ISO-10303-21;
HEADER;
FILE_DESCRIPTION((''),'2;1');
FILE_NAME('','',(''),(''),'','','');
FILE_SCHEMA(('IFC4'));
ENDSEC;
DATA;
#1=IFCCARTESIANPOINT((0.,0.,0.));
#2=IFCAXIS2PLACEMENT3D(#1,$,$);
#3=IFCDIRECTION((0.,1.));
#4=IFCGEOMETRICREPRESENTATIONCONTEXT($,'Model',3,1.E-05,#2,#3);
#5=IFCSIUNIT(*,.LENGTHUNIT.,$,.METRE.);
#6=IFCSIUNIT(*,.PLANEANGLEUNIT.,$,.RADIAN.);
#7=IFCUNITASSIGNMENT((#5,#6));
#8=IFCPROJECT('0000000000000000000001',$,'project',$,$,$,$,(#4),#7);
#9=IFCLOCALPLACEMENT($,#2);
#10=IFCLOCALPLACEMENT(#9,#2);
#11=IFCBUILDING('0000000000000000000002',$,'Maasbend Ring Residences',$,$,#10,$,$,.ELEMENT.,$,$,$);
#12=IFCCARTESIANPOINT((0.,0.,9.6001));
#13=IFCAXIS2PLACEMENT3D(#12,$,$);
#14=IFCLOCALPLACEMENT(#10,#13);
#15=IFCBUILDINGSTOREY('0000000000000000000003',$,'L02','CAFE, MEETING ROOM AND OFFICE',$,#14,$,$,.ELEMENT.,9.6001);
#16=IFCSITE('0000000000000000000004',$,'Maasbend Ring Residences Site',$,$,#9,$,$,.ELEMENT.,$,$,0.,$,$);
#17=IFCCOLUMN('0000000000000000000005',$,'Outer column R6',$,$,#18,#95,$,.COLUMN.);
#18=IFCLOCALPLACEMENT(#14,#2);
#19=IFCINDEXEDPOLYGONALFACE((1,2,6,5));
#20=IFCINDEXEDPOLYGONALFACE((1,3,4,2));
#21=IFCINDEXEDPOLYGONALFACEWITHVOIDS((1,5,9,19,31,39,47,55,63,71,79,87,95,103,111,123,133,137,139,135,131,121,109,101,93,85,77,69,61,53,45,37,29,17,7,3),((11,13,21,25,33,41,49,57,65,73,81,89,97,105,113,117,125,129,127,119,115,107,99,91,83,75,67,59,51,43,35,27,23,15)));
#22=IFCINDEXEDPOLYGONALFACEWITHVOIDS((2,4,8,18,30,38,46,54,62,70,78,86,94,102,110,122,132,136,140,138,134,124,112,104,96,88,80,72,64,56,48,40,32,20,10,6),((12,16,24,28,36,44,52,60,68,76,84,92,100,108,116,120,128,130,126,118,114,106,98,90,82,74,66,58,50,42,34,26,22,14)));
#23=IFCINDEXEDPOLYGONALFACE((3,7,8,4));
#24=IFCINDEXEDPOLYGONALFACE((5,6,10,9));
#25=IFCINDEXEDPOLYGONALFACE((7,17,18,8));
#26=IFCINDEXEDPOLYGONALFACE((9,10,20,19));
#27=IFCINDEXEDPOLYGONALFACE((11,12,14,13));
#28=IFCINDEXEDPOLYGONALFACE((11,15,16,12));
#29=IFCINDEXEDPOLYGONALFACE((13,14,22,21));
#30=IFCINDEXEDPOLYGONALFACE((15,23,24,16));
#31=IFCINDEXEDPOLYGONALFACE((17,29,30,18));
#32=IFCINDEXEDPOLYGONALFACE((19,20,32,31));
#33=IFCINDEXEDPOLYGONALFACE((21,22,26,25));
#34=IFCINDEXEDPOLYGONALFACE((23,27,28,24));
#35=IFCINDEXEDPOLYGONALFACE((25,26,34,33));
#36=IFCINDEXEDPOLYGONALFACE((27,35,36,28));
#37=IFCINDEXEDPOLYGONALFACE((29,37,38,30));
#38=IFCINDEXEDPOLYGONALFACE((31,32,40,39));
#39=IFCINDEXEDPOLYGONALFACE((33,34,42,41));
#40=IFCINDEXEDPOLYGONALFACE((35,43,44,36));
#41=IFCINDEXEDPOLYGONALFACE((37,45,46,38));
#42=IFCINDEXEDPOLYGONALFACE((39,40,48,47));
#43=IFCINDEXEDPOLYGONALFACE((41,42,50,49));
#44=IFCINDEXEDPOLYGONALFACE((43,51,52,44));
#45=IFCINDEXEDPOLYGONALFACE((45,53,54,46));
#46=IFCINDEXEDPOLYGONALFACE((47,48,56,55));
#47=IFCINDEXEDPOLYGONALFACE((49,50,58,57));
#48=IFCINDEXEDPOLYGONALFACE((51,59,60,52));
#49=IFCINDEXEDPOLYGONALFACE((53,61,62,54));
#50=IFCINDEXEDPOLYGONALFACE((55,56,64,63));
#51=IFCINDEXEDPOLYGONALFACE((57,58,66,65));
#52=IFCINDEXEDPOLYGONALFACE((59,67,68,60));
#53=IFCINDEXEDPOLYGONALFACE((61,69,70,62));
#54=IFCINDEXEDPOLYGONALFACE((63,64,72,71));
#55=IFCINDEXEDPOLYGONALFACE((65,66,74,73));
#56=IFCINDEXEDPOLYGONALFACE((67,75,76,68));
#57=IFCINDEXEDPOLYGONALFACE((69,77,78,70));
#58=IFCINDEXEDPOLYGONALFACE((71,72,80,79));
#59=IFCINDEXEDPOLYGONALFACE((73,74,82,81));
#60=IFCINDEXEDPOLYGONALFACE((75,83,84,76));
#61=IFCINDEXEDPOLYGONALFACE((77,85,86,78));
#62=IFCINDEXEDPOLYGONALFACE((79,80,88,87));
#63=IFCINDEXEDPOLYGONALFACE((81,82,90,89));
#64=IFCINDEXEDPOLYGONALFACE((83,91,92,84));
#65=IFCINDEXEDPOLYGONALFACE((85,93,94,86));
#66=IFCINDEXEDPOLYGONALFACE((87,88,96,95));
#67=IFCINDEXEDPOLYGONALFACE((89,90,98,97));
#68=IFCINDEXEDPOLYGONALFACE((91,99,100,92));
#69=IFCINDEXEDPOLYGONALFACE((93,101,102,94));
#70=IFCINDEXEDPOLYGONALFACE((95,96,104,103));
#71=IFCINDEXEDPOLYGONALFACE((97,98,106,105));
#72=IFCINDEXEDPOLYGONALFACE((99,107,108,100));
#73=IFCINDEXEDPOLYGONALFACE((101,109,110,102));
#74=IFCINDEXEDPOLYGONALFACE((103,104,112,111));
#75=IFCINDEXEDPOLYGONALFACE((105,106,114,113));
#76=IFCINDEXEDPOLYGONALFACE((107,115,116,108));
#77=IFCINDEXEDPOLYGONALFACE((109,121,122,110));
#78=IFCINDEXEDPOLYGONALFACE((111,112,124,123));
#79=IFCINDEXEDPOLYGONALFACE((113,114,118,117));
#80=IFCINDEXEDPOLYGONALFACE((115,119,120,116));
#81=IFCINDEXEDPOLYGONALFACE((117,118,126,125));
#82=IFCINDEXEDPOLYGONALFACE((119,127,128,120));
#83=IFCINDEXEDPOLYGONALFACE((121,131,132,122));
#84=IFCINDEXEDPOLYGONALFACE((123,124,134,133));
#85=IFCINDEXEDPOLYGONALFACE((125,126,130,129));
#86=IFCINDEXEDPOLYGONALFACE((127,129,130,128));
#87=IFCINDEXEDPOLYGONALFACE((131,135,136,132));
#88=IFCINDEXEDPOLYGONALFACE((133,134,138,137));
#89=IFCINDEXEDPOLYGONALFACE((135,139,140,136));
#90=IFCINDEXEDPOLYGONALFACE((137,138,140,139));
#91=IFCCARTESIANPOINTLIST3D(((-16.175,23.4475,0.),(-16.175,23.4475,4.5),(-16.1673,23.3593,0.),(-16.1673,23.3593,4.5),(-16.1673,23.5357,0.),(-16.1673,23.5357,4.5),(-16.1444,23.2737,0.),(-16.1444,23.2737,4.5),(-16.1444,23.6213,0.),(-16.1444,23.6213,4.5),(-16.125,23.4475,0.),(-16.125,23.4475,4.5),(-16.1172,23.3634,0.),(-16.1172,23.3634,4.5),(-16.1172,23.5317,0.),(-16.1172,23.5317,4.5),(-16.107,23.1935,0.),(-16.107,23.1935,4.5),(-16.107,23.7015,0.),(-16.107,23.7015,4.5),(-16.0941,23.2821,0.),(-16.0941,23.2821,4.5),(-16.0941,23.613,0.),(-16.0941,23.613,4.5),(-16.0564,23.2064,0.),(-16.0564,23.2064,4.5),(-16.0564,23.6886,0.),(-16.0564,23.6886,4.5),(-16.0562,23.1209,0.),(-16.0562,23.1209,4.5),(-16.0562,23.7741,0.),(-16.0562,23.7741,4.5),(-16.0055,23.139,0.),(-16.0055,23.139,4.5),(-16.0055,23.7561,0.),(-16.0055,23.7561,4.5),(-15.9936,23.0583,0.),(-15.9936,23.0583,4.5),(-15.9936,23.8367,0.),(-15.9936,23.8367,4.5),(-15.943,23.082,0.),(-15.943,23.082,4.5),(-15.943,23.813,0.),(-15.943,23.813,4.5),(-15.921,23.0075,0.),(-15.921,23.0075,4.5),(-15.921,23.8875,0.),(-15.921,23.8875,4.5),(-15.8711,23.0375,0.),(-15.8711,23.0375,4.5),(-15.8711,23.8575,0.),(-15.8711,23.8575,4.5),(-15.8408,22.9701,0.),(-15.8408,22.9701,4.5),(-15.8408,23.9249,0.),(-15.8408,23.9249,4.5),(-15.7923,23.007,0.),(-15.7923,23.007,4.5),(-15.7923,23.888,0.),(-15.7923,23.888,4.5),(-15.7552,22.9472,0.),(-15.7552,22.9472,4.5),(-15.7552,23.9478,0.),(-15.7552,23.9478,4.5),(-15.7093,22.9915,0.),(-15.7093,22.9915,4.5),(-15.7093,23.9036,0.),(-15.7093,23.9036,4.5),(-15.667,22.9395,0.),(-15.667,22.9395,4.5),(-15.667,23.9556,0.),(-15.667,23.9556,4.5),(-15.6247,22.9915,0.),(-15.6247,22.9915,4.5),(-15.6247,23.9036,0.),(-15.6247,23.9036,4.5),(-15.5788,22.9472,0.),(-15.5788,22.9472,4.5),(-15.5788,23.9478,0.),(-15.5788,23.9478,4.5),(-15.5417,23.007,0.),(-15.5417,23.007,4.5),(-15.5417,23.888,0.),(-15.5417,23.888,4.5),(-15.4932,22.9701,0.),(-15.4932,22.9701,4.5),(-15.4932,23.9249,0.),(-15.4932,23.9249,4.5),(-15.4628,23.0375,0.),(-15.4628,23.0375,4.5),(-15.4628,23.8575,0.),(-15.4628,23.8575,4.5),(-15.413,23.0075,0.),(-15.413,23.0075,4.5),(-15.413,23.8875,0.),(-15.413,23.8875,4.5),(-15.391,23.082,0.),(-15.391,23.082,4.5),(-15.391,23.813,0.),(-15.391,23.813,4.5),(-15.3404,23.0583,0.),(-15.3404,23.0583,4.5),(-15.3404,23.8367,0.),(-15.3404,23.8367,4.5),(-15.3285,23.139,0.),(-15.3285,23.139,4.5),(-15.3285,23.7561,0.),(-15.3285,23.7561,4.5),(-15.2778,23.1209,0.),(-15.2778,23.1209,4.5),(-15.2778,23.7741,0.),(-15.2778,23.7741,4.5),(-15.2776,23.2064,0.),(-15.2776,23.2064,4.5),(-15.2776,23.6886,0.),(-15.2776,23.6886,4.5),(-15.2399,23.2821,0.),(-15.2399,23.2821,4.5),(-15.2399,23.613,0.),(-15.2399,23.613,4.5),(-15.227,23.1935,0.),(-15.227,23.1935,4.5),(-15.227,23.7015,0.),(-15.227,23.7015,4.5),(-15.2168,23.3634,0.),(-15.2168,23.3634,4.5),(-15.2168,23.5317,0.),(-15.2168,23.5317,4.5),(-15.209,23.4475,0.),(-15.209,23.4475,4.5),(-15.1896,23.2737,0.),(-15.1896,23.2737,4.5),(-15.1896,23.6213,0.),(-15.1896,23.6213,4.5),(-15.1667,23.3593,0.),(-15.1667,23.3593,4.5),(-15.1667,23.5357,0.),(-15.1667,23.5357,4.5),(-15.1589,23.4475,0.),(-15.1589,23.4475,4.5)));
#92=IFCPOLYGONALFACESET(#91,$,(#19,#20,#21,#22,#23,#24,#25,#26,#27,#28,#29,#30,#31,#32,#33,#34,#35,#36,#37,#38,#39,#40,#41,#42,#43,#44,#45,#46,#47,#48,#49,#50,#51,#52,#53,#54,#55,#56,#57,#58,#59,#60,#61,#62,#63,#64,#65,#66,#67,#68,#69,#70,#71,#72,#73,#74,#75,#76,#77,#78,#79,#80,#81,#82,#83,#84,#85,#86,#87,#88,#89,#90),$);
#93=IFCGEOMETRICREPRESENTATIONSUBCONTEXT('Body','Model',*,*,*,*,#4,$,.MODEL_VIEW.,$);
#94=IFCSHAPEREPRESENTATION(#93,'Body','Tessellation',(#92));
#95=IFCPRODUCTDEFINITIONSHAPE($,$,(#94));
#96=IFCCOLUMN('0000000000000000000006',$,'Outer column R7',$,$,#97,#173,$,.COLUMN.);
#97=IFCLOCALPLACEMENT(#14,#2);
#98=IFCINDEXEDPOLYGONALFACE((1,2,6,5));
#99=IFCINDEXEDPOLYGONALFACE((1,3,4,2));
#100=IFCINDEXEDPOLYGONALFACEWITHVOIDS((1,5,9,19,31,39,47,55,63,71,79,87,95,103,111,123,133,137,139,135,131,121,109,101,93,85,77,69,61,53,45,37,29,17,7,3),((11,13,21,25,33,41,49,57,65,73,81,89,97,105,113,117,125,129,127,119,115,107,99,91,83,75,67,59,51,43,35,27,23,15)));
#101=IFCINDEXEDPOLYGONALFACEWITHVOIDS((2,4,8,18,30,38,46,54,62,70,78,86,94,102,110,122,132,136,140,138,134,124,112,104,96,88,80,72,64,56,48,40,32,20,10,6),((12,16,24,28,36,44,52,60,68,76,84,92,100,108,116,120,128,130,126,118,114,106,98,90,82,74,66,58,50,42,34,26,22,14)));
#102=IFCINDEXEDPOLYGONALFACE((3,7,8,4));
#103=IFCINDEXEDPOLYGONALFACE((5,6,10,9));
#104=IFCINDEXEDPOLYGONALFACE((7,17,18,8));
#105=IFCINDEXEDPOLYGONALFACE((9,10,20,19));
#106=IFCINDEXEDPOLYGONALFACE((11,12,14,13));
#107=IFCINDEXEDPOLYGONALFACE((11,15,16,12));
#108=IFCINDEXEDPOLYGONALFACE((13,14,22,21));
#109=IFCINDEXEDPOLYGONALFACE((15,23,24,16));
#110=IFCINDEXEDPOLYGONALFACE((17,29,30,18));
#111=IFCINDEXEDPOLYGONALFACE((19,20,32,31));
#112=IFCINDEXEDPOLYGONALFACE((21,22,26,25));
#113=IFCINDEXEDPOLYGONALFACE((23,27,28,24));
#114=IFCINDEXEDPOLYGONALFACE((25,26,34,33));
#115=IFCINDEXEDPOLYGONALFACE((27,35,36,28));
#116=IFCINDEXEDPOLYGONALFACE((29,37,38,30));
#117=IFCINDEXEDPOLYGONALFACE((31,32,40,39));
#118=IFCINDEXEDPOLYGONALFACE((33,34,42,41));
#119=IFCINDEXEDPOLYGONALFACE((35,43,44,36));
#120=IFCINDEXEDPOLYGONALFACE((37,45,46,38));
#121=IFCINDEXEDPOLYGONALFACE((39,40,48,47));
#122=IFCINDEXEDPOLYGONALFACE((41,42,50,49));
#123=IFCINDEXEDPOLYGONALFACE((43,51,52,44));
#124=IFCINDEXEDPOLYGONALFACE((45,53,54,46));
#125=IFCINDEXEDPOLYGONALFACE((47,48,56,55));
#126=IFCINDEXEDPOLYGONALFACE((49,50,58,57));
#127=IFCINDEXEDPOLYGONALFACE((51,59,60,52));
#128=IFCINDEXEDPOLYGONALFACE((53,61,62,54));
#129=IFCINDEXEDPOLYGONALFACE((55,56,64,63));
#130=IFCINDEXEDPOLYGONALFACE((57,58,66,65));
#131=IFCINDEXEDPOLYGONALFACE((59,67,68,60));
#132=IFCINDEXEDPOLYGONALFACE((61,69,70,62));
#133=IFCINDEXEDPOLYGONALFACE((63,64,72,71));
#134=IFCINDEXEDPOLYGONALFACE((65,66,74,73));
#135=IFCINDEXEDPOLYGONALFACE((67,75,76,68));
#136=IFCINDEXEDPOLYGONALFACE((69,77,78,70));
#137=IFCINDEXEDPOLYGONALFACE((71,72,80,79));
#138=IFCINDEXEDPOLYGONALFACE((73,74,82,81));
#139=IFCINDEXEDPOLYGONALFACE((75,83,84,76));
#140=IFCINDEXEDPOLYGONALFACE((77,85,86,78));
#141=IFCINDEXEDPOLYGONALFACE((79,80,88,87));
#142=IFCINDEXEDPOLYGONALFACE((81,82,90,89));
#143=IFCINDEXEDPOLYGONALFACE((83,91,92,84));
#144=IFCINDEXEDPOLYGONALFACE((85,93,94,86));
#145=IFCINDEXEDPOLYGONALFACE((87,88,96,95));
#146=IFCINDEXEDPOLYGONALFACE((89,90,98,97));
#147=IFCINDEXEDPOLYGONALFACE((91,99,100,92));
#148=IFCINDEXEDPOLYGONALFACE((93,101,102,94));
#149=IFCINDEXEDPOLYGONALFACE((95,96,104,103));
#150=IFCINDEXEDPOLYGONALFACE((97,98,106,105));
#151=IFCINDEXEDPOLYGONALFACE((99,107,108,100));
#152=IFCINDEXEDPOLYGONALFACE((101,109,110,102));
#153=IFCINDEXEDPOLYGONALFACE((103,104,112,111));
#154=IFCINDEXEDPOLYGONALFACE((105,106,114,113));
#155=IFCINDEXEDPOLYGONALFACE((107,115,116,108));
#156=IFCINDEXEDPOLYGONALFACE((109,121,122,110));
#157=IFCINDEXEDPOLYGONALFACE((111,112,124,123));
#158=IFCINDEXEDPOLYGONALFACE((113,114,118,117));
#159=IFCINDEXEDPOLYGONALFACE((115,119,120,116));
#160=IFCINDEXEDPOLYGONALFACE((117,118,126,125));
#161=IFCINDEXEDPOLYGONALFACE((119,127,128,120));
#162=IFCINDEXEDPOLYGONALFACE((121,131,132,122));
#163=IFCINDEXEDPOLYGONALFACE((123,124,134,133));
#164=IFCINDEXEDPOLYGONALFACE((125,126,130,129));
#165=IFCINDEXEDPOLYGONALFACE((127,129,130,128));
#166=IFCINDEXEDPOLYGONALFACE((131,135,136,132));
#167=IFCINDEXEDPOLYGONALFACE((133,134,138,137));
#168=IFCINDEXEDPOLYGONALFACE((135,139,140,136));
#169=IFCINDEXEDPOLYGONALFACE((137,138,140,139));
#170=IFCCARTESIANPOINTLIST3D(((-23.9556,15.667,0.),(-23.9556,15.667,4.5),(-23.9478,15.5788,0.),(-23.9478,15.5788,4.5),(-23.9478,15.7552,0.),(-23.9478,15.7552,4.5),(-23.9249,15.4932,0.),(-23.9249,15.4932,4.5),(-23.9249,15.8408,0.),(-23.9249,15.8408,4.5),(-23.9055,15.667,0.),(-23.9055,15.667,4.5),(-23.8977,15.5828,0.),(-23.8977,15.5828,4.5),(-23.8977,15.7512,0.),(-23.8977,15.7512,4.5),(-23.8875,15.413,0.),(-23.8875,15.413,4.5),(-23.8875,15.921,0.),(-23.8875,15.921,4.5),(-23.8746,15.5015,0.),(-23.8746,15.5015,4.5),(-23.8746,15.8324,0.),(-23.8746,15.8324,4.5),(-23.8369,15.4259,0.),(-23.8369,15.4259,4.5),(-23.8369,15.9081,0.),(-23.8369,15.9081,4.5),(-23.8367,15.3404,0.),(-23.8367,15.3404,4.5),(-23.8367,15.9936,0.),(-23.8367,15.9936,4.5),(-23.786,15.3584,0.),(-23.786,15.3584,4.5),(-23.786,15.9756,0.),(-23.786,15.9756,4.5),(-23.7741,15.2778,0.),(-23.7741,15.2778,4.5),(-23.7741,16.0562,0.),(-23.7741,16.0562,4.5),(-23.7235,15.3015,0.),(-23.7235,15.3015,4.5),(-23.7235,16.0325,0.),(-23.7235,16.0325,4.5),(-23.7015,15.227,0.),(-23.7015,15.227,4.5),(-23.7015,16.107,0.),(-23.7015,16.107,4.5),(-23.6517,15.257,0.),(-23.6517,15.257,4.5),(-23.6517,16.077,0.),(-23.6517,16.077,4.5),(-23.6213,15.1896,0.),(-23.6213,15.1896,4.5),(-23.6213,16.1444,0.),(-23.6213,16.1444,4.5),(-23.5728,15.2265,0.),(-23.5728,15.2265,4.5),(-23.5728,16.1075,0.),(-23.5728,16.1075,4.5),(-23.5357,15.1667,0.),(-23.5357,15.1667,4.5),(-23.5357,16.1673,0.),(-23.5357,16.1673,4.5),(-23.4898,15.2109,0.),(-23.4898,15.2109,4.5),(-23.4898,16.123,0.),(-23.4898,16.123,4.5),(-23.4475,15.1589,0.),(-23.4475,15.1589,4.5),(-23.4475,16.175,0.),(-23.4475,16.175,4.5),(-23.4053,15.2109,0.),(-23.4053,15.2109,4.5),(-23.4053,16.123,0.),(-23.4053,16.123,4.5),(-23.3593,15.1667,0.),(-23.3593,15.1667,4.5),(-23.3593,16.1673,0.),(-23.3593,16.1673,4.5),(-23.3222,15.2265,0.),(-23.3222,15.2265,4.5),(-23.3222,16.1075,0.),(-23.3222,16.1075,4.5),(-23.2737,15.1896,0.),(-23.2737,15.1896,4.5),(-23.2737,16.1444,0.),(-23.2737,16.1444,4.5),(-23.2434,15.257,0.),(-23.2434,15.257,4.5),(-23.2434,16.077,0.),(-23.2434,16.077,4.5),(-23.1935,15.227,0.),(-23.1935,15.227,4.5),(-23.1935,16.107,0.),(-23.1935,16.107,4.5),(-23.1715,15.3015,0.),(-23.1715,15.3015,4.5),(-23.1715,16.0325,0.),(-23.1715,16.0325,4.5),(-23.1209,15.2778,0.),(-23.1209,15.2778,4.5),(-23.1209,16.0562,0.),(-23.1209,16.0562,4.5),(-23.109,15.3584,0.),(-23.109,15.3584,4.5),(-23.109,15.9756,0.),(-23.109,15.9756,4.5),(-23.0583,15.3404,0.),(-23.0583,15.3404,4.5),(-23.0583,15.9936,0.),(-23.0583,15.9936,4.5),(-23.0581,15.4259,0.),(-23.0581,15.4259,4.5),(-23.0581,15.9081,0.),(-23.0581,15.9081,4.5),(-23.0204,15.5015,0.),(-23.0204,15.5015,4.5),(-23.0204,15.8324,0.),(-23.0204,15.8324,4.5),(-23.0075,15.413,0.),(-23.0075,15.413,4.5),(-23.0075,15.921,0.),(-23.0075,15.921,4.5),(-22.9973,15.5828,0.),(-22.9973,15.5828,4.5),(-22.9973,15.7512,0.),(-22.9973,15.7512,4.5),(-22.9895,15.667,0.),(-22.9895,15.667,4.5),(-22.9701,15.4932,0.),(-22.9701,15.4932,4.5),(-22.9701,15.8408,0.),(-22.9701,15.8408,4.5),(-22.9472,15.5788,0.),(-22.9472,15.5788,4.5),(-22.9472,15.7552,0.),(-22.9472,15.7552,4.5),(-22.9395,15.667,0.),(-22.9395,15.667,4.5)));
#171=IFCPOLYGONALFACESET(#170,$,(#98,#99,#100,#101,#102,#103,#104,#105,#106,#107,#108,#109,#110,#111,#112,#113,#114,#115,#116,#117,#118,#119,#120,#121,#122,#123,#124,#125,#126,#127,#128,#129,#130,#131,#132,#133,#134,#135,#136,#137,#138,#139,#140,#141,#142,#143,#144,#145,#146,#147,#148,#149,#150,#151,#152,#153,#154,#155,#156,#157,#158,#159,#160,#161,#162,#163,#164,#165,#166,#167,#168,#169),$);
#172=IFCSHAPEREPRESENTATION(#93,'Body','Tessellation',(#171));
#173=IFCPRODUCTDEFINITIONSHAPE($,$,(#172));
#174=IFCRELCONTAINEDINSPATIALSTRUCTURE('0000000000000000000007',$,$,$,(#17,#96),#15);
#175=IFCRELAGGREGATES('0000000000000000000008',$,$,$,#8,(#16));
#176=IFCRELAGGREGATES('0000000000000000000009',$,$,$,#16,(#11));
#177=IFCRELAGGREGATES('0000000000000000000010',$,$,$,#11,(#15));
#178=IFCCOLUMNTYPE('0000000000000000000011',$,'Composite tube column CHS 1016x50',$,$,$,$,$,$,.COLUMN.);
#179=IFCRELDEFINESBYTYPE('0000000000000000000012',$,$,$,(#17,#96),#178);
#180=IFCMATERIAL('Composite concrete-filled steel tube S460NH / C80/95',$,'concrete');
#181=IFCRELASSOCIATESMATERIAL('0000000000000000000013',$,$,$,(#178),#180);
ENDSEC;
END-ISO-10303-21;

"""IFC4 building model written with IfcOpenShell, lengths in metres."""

from ifc_helpers import new_model, si_unit, direction, frame, origin, origin_2d, place, context, subcontext, project, spatial, hollow_circle, extrude, material, material_profile, profile_set, type_object, element, save


model = new_model("IFC4")

# Units and contexts
model_context = context("Model", 3, precision=1e-05, world=origin(), true_north=direction((0.0, 1.0)))
body_context = subcontext(model_context, "Body", "Model", "MODEL_VIEW")
ifc_project = project(units=[si_unit("LENGTHUNIT", "METRE"), si_unit("PLANEANGLEUNIT", "RADIAN")], contexts=[model_context])

# Site, building, storey
site_placement = place(None, origin())
site = spatial("IfcSite", under=ifc_project, at=site_placement, Name="Maasbend Ring Residences Site", CompositionType="ELEMENT", RefElevation=0.0)
building_placement = place(site_placement, origin())
building = spatial("IfcBuilding", under=site, at=building_placement, Name="Maasbend Ring Residences", CompositionType="ELEMENT")
storey_placement = place(building_placement, frame((0.0, 0.0, 9.6001)))
storey = spatial("IfcBuildingStorey", under=building, at=storey_placement, Name="L02", Description="CAFE, MEETING ROOM AND OFFICE", CompositionType="ELEMENT", Elevation=9.6001)

# Columns
ifc_material_1 = material(Name="Composite concrete-filled steel tube S460NH / C80/95", Category="concrete")
ifc_material_profile_1 = material_profile(ifc_material_1, hollow_circle(Radius=0.5081, WallThickness=0.05, at=origin_2d()), Name="Composite tube column CHS 1016x50")
ifc_profile_set_1 = profile_set([ifc_material_profile_1], Name="Composite concrete-filled steel tube S460NH / C80/95")
column_type_1 = type_object("IfcColumnType", Name="Composite tube column CHS 1016x50", PredefinedType="COLUMN", material=ifc_profile_set_1)
for number, where, z_axis, x_axis, name in (
    (1, (-15.667, 23.4475, 0.0), (0.0, 0.0, 1.0), (1.0, 0.0, 0.0), "Outer column R6"),
    (2, (-23.4475, 15.667, 0.0), (0.0, 0.0, 1.0), (1.0, 0.0, 0.0), "Outer column R7"),
):
    element("IfcColumn", number, at=place(storey_placement, frame(where, z_axis=z_axis, x_axis=x_axis)), inside=storey, type_object=column_type_1, Name=name, PredefinedType="COLUMN", context=body_context, shape_type="SweptSolid", body=[
        extrude(hollow_circle(Radius=0.5081, WallThickness=0.05, at=origin_2d()), origin(), (0.0, 0.0, 1.0), 4.5),
    ])

save(model, "model.ifc")
